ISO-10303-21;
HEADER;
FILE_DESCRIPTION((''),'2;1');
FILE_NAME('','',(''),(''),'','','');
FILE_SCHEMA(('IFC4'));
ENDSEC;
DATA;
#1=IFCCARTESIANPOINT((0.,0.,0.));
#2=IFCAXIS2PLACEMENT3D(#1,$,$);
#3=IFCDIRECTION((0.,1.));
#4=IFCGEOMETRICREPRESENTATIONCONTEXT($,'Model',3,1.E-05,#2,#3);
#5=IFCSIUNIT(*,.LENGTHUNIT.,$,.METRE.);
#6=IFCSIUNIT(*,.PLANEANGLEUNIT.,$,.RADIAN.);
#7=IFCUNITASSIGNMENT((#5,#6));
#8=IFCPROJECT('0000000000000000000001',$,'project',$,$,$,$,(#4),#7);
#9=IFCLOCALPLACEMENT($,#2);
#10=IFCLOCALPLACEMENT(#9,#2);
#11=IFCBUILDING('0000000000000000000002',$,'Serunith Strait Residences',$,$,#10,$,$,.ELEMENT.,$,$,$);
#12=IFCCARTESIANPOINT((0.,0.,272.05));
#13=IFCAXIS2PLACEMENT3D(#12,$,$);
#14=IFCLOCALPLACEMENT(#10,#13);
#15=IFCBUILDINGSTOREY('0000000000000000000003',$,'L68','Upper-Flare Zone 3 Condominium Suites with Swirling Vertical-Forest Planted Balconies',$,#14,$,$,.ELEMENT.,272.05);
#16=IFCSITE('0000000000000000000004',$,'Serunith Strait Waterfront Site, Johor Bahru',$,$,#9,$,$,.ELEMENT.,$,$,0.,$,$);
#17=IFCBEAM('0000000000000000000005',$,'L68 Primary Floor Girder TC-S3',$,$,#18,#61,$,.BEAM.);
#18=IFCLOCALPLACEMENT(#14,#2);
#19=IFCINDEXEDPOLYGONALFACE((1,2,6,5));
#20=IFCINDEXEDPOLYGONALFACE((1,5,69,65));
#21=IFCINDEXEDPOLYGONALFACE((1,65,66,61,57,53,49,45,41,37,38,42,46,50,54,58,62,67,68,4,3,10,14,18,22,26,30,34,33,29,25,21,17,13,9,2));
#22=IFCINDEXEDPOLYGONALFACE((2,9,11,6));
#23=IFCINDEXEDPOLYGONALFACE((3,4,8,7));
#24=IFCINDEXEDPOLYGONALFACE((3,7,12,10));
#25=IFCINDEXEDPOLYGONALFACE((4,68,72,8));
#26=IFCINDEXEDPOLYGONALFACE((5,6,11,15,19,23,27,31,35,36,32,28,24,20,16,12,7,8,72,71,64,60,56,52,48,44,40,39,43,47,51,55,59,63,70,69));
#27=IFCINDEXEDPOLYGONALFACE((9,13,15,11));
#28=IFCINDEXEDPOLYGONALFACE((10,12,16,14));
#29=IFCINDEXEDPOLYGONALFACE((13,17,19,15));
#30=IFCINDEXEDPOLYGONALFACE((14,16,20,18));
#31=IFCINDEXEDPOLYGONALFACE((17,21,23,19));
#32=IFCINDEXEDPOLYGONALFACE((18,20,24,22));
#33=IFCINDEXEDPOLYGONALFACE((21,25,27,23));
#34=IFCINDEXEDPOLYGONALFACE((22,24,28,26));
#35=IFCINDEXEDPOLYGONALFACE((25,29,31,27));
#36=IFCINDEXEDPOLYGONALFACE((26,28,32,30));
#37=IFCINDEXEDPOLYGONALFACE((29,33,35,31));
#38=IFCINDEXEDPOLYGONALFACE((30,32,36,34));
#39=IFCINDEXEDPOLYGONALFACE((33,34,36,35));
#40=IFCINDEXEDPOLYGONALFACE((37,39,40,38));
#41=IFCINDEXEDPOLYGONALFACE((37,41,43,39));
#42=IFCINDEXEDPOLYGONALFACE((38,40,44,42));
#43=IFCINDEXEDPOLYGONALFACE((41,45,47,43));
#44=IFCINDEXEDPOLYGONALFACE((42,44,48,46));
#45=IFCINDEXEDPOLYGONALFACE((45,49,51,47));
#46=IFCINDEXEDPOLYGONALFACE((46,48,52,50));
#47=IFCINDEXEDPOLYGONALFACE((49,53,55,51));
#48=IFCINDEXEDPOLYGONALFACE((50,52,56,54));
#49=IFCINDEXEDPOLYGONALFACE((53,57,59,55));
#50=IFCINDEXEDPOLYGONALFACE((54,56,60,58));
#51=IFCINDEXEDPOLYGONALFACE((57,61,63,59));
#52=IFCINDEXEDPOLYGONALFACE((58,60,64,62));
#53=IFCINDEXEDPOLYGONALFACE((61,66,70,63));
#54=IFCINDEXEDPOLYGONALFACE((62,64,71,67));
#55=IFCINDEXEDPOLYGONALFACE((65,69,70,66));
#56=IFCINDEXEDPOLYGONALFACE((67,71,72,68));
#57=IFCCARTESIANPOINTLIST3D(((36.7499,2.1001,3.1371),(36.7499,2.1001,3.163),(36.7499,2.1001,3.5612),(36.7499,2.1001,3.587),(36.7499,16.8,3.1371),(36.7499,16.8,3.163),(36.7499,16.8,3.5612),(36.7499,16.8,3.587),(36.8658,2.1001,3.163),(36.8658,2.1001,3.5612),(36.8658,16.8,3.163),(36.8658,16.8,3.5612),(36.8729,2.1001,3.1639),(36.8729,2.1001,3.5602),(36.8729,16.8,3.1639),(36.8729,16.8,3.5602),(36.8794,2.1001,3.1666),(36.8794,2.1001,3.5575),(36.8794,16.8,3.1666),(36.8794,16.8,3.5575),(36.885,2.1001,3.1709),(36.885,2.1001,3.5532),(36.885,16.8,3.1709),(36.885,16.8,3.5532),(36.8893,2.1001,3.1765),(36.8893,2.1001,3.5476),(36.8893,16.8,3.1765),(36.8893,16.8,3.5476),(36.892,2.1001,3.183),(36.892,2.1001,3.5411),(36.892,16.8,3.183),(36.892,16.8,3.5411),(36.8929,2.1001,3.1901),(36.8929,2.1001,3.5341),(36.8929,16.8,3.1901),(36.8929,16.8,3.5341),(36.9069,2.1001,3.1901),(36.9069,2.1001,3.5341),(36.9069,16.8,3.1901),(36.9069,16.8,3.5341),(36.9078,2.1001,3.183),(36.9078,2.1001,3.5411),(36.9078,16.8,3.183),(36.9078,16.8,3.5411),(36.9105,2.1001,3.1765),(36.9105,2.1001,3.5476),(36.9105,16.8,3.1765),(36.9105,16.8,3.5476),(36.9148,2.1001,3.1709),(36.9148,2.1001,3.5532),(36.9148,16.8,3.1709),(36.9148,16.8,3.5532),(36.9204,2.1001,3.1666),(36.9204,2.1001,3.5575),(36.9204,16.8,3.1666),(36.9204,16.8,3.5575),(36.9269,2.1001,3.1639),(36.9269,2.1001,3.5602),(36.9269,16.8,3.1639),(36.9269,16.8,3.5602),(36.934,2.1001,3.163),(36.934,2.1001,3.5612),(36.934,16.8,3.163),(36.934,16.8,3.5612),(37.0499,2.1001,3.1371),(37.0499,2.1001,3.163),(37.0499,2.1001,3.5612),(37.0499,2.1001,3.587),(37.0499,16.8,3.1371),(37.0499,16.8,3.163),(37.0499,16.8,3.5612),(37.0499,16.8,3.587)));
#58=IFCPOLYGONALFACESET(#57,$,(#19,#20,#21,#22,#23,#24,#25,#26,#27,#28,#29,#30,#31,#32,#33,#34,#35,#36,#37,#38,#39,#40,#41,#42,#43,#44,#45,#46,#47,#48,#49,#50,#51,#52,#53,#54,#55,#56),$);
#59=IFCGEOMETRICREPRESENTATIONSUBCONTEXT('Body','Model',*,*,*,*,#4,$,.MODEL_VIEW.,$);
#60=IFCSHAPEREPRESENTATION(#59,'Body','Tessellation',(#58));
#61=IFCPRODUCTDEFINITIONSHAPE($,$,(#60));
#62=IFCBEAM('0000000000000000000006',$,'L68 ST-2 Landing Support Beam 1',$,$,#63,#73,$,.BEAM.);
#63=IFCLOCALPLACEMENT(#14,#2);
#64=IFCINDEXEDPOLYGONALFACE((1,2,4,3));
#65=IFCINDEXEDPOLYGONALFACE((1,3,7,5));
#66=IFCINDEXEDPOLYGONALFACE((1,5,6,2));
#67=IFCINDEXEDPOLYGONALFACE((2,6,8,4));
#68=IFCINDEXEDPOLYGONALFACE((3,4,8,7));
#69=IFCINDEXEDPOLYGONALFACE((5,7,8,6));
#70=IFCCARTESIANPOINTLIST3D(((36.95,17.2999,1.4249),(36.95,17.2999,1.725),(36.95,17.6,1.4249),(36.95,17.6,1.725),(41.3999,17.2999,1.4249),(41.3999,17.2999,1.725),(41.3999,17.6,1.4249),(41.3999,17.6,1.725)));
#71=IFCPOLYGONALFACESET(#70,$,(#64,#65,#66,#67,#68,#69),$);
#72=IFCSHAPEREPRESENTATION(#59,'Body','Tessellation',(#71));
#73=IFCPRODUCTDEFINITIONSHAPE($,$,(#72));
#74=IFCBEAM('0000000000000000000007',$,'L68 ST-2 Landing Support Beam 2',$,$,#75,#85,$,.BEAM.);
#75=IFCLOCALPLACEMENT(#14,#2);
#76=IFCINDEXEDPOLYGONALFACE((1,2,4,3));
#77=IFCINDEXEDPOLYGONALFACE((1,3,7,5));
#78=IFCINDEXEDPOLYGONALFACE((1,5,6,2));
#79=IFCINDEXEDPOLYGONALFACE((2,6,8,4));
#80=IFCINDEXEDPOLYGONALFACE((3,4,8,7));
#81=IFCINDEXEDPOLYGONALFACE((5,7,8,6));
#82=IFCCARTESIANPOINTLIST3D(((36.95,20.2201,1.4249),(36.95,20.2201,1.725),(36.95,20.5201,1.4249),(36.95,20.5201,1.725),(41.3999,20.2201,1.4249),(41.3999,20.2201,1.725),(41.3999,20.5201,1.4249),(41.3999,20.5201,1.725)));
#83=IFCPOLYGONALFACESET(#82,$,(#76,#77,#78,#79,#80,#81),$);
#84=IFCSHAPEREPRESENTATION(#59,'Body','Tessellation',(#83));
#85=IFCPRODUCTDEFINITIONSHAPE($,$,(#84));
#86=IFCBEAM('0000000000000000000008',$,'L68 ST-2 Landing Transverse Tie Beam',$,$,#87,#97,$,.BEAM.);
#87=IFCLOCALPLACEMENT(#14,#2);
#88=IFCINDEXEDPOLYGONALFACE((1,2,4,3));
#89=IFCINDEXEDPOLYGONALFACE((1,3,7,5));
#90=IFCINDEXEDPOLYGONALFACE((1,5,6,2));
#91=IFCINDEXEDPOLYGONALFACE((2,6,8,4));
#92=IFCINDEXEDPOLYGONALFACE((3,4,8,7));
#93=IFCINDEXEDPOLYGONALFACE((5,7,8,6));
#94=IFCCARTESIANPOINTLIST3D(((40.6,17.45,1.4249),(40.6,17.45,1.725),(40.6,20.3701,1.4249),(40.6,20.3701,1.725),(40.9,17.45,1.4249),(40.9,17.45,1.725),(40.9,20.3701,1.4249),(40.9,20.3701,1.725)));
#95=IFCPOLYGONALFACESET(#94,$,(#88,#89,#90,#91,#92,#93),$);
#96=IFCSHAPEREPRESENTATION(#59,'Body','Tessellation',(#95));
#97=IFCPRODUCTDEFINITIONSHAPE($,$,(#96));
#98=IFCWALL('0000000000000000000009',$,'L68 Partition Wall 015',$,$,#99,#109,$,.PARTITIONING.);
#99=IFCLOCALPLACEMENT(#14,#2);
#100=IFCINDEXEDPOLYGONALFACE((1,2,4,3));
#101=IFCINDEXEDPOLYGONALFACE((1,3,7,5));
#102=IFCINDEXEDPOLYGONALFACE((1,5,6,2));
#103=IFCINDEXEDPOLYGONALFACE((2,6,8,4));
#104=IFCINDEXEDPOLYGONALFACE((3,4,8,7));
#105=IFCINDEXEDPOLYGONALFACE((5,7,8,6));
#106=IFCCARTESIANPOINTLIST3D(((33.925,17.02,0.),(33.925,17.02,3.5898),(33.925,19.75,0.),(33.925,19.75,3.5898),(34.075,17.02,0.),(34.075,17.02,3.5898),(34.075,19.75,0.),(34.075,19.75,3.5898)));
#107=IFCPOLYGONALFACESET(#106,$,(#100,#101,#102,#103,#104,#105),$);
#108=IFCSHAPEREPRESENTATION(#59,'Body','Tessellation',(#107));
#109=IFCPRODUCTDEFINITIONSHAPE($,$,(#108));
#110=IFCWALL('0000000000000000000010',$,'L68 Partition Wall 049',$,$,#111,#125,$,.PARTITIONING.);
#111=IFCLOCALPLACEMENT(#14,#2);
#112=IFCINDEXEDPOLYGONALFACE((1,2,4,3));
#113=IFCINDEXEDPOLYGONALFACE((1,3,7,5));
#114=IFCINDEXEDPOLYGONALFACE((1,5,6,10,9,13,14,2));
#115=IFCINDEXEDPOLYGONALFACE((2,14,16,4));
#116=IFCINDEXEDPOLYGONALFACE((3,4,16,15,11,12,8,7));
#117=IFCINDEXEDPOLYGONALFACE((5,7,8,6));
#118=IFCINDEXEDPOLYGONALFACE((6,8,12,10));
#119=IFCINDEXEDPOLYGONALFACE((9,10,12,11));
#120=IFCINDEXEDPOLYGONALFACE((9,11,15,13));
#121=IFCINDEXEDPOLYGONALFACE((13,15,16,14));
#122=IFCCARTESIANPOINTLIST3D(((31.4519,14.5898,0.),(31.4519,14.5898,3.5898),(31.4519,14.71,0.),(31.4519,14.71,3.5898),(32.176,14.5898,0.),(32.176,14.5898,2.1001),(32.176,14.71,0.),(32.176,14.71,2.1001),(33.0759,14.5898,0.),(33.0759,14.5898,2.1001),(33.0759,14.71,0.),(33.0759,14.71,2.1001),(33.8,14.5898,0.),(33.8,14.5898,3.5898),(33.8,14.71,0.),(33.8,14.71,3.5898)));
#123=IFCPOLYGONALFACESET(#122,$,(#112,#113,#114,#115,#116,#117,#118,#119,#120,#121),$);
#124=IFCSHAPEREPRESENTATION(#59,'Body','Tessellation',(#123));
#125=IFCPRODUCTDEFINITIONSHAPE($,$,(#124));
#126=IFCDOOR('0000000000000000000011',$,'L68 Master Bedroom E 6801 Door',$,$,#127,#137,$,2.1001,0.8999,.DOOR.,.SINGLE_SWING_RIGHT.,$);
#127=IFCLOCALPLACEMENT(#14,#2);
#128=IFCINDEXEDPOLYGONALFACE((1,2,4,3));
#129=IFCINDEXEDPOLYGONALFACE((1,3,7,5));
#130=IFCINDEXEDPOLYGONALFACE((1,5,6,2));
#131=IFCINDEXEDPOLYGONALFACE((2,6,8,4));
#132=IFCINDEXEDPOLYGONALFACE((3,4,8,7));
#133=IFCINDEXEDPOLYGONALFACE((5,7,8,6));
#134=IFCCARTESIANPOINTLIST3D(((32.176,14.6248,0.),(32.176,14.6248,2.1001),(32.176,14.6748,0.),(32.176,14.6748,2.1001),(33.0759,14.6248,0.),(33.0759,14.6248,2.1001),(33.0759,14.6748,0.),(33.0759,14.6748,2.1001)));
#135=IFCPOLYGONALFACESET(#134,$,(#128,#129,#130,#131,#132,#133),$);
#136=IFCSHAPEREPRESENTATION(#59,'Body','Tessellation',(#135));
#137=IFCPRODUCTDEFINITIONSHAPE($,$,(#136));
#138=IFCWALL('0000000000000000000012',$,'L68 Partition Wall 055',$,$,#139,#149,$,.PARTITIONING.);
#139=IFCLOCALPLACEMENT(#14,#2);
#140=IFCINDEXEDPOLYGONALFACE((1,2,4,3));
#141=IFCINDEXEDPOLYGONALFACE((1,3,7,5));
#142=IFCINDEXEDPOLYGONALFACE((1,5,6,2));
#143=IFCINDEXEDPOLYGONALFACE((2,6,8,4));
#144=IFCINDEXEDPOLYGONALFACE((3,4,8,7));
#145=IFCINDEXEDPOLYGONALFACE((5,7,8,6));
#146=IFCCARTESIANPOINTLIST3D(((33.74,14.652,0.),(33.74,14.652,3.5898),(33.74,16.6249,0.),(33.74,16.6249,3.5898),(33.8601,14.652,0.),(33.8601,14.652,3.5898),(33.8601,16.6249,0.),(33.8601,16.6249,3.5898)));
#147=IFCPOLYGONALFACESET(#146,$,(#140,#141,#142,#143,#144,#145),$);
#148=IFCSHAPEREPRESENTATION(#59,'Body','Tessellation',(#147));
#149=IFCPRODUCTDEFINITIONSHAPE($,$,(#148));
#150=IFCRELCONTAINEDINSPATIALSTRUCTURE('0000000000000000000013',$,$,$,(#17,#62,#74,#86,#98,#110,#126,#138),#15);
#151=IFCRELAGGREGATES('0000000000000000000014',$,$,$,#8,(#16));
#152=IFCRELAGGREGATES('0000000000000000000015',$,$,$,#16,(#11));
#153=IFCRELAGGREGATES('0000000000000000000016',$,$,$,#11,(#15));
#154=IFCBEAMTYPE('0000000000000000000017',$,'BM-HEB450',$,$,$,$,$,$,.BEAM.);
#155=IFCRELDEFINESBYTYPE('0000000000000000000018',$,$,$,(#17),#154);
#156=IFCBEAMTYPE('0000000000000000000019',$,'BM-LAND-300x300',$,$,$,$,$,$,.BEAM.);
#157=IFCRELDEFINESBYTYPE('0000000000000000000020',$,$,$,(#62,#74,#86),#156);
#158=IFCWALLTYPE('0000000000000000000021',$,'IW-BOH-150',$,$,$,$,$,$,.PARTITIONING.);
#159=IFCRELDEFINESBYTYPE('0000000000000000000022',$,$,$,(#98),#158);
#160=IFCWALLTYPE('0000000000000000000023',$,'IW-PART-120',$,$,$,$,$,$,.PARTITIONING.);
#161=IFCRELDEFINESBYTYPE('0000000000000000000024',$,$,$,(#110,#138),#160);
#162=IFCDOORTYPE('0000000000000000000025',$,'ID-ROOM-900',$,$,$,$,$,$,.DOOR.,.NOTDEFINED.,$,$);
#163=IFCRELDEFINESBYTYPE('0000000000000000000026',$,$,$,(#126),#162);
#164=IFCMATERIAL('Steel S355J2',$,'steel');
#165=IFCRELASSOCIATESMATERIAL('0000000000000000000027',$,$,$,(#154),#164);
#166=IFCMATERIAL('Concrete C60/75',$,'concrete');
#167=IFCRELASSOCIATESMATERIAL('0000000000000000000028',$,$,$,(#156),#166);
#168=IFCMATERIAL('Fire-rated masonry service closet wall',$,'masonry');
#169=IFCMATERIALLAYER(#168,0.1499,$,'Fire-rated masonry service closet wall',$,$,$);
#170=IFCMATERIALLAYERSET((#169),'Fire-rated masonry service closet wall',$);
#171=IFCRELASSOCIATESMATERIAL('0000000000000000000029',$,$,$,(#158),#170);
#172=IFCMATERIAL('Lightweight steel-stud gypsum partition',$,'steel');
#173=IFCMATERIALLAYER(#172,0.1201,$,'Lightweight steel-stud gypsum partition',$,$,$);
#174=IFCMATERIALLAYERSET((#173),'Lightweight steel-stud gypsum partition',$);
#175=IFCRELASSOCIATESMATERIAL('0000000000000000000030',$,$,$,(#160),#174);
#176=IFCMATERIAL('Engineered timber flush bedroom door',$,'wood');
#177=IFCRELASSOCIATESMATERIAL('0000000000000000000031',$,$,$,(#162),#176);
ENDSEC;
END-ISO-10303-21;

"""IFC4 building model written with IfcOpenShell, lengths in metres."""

from ifc_helpers import new_model, si_unit, direction, frame, frame_2d, origin, origin_2d, place, context, subcontext, project, spatial, rectangle, i_section, extrude, source, transform, mapped, material, layer, layer_set, material_profile, profile_set, type_object, element, fill, save


model = new_model("IFC4")

# Units and contexts
model_context = context("Model", 3, precision=1e-05, world=origin(), true_north=direction((0.0, 1.0)))
body_context = subcontext(model_context, "Body", "Model", "MODEL_VIEW")
ifc_project = project(units=[si_unit("LENGTHUNIT", "METRE"), si_unit("PLANEANGLEUNIT", "RADIAN")], contexts=[model_context])

# Site, building, storey
site_placement = place(None, origin())
site = spatial("IfcSite", under=ifc_project, at=site_placement, Name="Serunith Strait Waterfront Site, Johor Bahru", CompositionType="ELEMENT", RefElevation=0.0)
building_placement = place(site_placement, origin())
building = spatial("IfcBuilding", under=site, at=building_placement, Name="Serunith Strait Residences", CompositionType="ELEMENT")
storey_placement = place(building_placement, frame((0.0, 0.0, 272.05)))
storey = spatial("IfcBuildingStorey", under=building, at=storey_placement, Name="L68", Description="Upper-Flare Zone 3 Condominium Suites with Swirling Vertical-Forest Planted Balconies", CompositionType="ELEMENT", Elevation=272.05)

# Beams
ifc_material_1 = material(Name="Steel S355J2", Category="steel")
ifc_material_profile_1 = material_profile(ifc_material_1, i_section(OverallWidth=0.3, OverallDepth=0.45, WebThickness=0.0139, FlangeThickness=0.0259, FilletRadius=0.0271, at=origin_2d()), Name="HEB 450")
ifc_profile_set_1 = profile_set([ifc_material_profile_1], Name="Steel S355J2")
beam_type_1 = type_object("IfcBeamType", Name="BM-HEB450", PredefinedType="BEAM", material=ifc_profile_set_1)
shared_shape_1 = source(origin(), body_context, "Body", "SweptSolid", [
    extrude(i_section(OverallWidth=0.3, OverallDepth=0.45, WebThickness=0.0139, FlangeThickness=0.0259, FilletRadius=0.0271, at=origin_2d()), origin(), (0.0, 0.0, 1.0), 14.7),
])
beam_1_placement = place(storey_placement, frame((36.8999, 16.8, 3.3621), z_axis=(0.0, -1.0, 0.0), x_axis=(1.0, 0.0, 0.0)))
element("IfcBeam", 1, at=beam_1_placement, inside=storey, type_object=beam_type_1, Name="L68 Primary Floor Girder TC-S3", PredefinedType="BEAM", context=body_context, shape_type="MappedRepresentation", body=[
    mapped(shared_shape_1, transform((0.0, 0.0, 0.0), scale=1.0)),
])
ifc_material_2 = material(Name="Concrete C60/75", Category="concrete")
ifc_material_profile_2 = material_profile(ifc_material_2, rectangle(XDim=0.3, YDim=0.3, at=origin_2d()), Name="RC 300x300")
ifc_profile_set_2 = profile_set([ifc_material_profile_2], Name="Concrete C60/75")
beam_type_2 = type_object("IfcBeamType", Name="BM-LAND-300x300", PredefinedType="BEAM", material=ifc_profile_set_2)
shared_shape_2 = source(origin(), body_context, "Body", "SweptSolid", [
    extrude(rectangle(XDim=0.3, YDim=0.3, at=origin_2d()), origin(), (0.0, 0.0, 1.0), 4.45),
])
for number, where, z_axis, x_axis, name in (
    (2, (36.95, 17.45, 1.575), (1.0, 0.0, 0.0), (0.0, 1.0, 0.0), "L68 ST-2 Landing Support Beam 1"),
    (3, (36.95, 20.3701, 1.575), (1.0, 0.0, 0.0), (0.0, 1.0, 0.0), "L68 ST-2 Landing Support Beam 2"),
):
    element("IfcBeam", number, at=place(storey_placement, frame(where, z_axis=z_axis, x_axis=x_axis)), inside=storey, type_object=beam_type_2, Name=name, PredefinedType="BEAM", context=body_context, shape_type="MappedRepresentation", body=[
        mapped(shared_shape_2, transform((0.0, 0.0, 0.0), scale=1.0)),
    ])
shared_shape_3 = source(origin(), body_context, "Body", "SweptSolid", [
    extrude(rectangle(XDim=0.3, YDim=0.3, at=origin_2d()), origin(), (0.0, 0.0, 1.0), 2.9202),
])
beam_2_placement = place(storey_placement, frame((40.75, 17.45, 1.575), z_axis=(0.0, 1.0, 0.0), x_axis=(-1.0, 0.0, 0.0)))
element("IfcBeam", 4, at=beam_2_placement, inside=storey, type_object=beam_type_2, Name="L68 ST-2 Landing Transverse Tie Beam", PredefinedType="BEAM", context=body_context, shape_type="MappedRepresentation", body=[
    mapped(shared_shape_3, transform((0.0, 0.0, 0.0), scale=1.0)),
])

# Wall
ifc_material_3 = material(Name="Fire-rated masonry service closet wall", Category="masonry")
ifc_layer_1 = layer(ifc_material_3, 0.1499, Name="Fire-rated masonry service closet wall")
ifc_layer_set_1 = layer_set([ifc_layer_1], Name="Fire-rated masonry service closet wall")
wall_type_1 = type_object("IfcWallType", Name="IW-BOH-150", PredefinedType="PARTITIONING", material=ifc_layer_set_1)
wall_1_placement = place(storey_placement, frame((34.0, 17.02, 0.0), z_axis=(0.0, 0.0, 1.0), x_axis=(0.0, 1.0, 0.0)))
element("IfcWall", 5, at=wall_1_placement, inside=storey, type_object=wall_type_1, Name="L68 Partition Wall 015", PredefinedType="PARTITIONING", context=body_context, shape_type="SweptSolid", body=[
    extrude(rectangle(XDim=2.73, YDim=0.1499, at=frame_2d((1.365, 0.0))), origin(), (0.0, 0.0, 1.0), 3.5898),
])

# Wall, opening, door
ifc_material_4 = material(Name="Lightweight steel-stud gypsum partition", Category="steel")
ifc_layer_2 = layer(ifc_material_4, 0.1201, Name="Lightweight steel-stud gypsum partition")
ifc_layer_set_2 = layer_set([ifc_layer_2], Name="Lightweight steel-stud gypsum partition")
wall_type_2 = type_object("IfcWallType", Name="IW-PART-120", PredefinedType="PARTITIONING", material=ifc_layer_set_2)
wall_2_placement = place(storey_placement, frame((31.4519, 14.6499, 0.0), z_axis=(0.0, 0.0, 1.0), x_axis=(1.0, 0.0, 0.0)))
wall_2 = element("IfcWall", 6, at=wall_2_placement, inside=storey, type_object=wall_type_2, Name="L68 Partition Wall 049", PredefinedType="PARTITIONING", context=body_context, shape_type="SweptSolid", body=[
    extrude(rectangle(XDim=2.3481, YDim=0.1201, at=frame_2d((1.1741, 0.0))), origin(), (0.0, 0.0, 1.0), 3.5898),
])
opening_1_placement = place(wall_2_placement, frame((0.7241, 0.0, 0.0)))
opening_1 = element("IfcOpeningElement", 7, at=opening_1_placement, cuts=wall_2, PredefinedType="OPENING", context=body_context, shape_type="SweptSolid", body=[
    extrude(rectangle(XDim=0.8999, YDim=2.1001, at=frame_2d((0.45, 1.05))), frame((0.0, 0.0701, 0.0), z_axis=(0.0, -1.0, 0.0), x_axis=(1.0, 0.0, 0.0)), (0.0, 0.0, 1.0), 0.1401),
])
ifc_material_5 = material(Name="Engineered timber flush bedroom door", Category="wood")
door_type_1 = type_object("IfcDoorType", Name="ID-ROOM-900", OperationType="NOTDEFINED", PredefinedType="DOOR", material=ifc_material_5)
shared_shape_4 = source(origin(), body_context, "Body", "SweptSolid", [
    extrude(rectangle(XDim=0.8999, YDim=2.1001, at=frame_2d((0.45, 1.05))), frame((0.0, 0.0249, 0.0), z_axis=(0.0, -1.0, 0.0), x_axis=(1.0, 0.0, 0.0)), (0.0, 0.0, 1.0), 0.05),
])
door_1_placement = place(opening_1_placement, origin())
door_1 = element("IfcDoor", 8, at=door_1_placement, inside=storey, type_object=door_type_1, Name="L68 Master Bedroom E 6801 Door", OperationType="SINGLE_SWING_RIGHT", OverallHeight=2.1001, OverallWidth=0.8999, PredefinedType="DOOR", context=body_context, shape_type="MappedRepresentation", body=[
    mapped(shared_shape_4, transform((0.0, 0.0, 0.0), scale=1.0)),
])
fill(opening_1, door_1)

# Wall
wall_3_placement = place(storey_placement, frame((33.8, 14.6521, 0.0), z_axis=(0.0, 0.0, 1.0), x_axis=(0.0, 1.0, 0.0)))
element("IfcWall", 9, at=wall_3_placement, inside=storey, type_object=wall_type_2, Name="L68 Partition Wall 055", PredefinedType="PARTITIONING", context=body_context, shape_type="SweptSolid", body=[
    extrude(rectangle(XDim=1.9729, YDim=0.1201, at=frame_2d((0.9863, 0.0))), origin(), (0.0, 0.0, 1.0), 3.5898),
])

save(model, "model.ifc")
